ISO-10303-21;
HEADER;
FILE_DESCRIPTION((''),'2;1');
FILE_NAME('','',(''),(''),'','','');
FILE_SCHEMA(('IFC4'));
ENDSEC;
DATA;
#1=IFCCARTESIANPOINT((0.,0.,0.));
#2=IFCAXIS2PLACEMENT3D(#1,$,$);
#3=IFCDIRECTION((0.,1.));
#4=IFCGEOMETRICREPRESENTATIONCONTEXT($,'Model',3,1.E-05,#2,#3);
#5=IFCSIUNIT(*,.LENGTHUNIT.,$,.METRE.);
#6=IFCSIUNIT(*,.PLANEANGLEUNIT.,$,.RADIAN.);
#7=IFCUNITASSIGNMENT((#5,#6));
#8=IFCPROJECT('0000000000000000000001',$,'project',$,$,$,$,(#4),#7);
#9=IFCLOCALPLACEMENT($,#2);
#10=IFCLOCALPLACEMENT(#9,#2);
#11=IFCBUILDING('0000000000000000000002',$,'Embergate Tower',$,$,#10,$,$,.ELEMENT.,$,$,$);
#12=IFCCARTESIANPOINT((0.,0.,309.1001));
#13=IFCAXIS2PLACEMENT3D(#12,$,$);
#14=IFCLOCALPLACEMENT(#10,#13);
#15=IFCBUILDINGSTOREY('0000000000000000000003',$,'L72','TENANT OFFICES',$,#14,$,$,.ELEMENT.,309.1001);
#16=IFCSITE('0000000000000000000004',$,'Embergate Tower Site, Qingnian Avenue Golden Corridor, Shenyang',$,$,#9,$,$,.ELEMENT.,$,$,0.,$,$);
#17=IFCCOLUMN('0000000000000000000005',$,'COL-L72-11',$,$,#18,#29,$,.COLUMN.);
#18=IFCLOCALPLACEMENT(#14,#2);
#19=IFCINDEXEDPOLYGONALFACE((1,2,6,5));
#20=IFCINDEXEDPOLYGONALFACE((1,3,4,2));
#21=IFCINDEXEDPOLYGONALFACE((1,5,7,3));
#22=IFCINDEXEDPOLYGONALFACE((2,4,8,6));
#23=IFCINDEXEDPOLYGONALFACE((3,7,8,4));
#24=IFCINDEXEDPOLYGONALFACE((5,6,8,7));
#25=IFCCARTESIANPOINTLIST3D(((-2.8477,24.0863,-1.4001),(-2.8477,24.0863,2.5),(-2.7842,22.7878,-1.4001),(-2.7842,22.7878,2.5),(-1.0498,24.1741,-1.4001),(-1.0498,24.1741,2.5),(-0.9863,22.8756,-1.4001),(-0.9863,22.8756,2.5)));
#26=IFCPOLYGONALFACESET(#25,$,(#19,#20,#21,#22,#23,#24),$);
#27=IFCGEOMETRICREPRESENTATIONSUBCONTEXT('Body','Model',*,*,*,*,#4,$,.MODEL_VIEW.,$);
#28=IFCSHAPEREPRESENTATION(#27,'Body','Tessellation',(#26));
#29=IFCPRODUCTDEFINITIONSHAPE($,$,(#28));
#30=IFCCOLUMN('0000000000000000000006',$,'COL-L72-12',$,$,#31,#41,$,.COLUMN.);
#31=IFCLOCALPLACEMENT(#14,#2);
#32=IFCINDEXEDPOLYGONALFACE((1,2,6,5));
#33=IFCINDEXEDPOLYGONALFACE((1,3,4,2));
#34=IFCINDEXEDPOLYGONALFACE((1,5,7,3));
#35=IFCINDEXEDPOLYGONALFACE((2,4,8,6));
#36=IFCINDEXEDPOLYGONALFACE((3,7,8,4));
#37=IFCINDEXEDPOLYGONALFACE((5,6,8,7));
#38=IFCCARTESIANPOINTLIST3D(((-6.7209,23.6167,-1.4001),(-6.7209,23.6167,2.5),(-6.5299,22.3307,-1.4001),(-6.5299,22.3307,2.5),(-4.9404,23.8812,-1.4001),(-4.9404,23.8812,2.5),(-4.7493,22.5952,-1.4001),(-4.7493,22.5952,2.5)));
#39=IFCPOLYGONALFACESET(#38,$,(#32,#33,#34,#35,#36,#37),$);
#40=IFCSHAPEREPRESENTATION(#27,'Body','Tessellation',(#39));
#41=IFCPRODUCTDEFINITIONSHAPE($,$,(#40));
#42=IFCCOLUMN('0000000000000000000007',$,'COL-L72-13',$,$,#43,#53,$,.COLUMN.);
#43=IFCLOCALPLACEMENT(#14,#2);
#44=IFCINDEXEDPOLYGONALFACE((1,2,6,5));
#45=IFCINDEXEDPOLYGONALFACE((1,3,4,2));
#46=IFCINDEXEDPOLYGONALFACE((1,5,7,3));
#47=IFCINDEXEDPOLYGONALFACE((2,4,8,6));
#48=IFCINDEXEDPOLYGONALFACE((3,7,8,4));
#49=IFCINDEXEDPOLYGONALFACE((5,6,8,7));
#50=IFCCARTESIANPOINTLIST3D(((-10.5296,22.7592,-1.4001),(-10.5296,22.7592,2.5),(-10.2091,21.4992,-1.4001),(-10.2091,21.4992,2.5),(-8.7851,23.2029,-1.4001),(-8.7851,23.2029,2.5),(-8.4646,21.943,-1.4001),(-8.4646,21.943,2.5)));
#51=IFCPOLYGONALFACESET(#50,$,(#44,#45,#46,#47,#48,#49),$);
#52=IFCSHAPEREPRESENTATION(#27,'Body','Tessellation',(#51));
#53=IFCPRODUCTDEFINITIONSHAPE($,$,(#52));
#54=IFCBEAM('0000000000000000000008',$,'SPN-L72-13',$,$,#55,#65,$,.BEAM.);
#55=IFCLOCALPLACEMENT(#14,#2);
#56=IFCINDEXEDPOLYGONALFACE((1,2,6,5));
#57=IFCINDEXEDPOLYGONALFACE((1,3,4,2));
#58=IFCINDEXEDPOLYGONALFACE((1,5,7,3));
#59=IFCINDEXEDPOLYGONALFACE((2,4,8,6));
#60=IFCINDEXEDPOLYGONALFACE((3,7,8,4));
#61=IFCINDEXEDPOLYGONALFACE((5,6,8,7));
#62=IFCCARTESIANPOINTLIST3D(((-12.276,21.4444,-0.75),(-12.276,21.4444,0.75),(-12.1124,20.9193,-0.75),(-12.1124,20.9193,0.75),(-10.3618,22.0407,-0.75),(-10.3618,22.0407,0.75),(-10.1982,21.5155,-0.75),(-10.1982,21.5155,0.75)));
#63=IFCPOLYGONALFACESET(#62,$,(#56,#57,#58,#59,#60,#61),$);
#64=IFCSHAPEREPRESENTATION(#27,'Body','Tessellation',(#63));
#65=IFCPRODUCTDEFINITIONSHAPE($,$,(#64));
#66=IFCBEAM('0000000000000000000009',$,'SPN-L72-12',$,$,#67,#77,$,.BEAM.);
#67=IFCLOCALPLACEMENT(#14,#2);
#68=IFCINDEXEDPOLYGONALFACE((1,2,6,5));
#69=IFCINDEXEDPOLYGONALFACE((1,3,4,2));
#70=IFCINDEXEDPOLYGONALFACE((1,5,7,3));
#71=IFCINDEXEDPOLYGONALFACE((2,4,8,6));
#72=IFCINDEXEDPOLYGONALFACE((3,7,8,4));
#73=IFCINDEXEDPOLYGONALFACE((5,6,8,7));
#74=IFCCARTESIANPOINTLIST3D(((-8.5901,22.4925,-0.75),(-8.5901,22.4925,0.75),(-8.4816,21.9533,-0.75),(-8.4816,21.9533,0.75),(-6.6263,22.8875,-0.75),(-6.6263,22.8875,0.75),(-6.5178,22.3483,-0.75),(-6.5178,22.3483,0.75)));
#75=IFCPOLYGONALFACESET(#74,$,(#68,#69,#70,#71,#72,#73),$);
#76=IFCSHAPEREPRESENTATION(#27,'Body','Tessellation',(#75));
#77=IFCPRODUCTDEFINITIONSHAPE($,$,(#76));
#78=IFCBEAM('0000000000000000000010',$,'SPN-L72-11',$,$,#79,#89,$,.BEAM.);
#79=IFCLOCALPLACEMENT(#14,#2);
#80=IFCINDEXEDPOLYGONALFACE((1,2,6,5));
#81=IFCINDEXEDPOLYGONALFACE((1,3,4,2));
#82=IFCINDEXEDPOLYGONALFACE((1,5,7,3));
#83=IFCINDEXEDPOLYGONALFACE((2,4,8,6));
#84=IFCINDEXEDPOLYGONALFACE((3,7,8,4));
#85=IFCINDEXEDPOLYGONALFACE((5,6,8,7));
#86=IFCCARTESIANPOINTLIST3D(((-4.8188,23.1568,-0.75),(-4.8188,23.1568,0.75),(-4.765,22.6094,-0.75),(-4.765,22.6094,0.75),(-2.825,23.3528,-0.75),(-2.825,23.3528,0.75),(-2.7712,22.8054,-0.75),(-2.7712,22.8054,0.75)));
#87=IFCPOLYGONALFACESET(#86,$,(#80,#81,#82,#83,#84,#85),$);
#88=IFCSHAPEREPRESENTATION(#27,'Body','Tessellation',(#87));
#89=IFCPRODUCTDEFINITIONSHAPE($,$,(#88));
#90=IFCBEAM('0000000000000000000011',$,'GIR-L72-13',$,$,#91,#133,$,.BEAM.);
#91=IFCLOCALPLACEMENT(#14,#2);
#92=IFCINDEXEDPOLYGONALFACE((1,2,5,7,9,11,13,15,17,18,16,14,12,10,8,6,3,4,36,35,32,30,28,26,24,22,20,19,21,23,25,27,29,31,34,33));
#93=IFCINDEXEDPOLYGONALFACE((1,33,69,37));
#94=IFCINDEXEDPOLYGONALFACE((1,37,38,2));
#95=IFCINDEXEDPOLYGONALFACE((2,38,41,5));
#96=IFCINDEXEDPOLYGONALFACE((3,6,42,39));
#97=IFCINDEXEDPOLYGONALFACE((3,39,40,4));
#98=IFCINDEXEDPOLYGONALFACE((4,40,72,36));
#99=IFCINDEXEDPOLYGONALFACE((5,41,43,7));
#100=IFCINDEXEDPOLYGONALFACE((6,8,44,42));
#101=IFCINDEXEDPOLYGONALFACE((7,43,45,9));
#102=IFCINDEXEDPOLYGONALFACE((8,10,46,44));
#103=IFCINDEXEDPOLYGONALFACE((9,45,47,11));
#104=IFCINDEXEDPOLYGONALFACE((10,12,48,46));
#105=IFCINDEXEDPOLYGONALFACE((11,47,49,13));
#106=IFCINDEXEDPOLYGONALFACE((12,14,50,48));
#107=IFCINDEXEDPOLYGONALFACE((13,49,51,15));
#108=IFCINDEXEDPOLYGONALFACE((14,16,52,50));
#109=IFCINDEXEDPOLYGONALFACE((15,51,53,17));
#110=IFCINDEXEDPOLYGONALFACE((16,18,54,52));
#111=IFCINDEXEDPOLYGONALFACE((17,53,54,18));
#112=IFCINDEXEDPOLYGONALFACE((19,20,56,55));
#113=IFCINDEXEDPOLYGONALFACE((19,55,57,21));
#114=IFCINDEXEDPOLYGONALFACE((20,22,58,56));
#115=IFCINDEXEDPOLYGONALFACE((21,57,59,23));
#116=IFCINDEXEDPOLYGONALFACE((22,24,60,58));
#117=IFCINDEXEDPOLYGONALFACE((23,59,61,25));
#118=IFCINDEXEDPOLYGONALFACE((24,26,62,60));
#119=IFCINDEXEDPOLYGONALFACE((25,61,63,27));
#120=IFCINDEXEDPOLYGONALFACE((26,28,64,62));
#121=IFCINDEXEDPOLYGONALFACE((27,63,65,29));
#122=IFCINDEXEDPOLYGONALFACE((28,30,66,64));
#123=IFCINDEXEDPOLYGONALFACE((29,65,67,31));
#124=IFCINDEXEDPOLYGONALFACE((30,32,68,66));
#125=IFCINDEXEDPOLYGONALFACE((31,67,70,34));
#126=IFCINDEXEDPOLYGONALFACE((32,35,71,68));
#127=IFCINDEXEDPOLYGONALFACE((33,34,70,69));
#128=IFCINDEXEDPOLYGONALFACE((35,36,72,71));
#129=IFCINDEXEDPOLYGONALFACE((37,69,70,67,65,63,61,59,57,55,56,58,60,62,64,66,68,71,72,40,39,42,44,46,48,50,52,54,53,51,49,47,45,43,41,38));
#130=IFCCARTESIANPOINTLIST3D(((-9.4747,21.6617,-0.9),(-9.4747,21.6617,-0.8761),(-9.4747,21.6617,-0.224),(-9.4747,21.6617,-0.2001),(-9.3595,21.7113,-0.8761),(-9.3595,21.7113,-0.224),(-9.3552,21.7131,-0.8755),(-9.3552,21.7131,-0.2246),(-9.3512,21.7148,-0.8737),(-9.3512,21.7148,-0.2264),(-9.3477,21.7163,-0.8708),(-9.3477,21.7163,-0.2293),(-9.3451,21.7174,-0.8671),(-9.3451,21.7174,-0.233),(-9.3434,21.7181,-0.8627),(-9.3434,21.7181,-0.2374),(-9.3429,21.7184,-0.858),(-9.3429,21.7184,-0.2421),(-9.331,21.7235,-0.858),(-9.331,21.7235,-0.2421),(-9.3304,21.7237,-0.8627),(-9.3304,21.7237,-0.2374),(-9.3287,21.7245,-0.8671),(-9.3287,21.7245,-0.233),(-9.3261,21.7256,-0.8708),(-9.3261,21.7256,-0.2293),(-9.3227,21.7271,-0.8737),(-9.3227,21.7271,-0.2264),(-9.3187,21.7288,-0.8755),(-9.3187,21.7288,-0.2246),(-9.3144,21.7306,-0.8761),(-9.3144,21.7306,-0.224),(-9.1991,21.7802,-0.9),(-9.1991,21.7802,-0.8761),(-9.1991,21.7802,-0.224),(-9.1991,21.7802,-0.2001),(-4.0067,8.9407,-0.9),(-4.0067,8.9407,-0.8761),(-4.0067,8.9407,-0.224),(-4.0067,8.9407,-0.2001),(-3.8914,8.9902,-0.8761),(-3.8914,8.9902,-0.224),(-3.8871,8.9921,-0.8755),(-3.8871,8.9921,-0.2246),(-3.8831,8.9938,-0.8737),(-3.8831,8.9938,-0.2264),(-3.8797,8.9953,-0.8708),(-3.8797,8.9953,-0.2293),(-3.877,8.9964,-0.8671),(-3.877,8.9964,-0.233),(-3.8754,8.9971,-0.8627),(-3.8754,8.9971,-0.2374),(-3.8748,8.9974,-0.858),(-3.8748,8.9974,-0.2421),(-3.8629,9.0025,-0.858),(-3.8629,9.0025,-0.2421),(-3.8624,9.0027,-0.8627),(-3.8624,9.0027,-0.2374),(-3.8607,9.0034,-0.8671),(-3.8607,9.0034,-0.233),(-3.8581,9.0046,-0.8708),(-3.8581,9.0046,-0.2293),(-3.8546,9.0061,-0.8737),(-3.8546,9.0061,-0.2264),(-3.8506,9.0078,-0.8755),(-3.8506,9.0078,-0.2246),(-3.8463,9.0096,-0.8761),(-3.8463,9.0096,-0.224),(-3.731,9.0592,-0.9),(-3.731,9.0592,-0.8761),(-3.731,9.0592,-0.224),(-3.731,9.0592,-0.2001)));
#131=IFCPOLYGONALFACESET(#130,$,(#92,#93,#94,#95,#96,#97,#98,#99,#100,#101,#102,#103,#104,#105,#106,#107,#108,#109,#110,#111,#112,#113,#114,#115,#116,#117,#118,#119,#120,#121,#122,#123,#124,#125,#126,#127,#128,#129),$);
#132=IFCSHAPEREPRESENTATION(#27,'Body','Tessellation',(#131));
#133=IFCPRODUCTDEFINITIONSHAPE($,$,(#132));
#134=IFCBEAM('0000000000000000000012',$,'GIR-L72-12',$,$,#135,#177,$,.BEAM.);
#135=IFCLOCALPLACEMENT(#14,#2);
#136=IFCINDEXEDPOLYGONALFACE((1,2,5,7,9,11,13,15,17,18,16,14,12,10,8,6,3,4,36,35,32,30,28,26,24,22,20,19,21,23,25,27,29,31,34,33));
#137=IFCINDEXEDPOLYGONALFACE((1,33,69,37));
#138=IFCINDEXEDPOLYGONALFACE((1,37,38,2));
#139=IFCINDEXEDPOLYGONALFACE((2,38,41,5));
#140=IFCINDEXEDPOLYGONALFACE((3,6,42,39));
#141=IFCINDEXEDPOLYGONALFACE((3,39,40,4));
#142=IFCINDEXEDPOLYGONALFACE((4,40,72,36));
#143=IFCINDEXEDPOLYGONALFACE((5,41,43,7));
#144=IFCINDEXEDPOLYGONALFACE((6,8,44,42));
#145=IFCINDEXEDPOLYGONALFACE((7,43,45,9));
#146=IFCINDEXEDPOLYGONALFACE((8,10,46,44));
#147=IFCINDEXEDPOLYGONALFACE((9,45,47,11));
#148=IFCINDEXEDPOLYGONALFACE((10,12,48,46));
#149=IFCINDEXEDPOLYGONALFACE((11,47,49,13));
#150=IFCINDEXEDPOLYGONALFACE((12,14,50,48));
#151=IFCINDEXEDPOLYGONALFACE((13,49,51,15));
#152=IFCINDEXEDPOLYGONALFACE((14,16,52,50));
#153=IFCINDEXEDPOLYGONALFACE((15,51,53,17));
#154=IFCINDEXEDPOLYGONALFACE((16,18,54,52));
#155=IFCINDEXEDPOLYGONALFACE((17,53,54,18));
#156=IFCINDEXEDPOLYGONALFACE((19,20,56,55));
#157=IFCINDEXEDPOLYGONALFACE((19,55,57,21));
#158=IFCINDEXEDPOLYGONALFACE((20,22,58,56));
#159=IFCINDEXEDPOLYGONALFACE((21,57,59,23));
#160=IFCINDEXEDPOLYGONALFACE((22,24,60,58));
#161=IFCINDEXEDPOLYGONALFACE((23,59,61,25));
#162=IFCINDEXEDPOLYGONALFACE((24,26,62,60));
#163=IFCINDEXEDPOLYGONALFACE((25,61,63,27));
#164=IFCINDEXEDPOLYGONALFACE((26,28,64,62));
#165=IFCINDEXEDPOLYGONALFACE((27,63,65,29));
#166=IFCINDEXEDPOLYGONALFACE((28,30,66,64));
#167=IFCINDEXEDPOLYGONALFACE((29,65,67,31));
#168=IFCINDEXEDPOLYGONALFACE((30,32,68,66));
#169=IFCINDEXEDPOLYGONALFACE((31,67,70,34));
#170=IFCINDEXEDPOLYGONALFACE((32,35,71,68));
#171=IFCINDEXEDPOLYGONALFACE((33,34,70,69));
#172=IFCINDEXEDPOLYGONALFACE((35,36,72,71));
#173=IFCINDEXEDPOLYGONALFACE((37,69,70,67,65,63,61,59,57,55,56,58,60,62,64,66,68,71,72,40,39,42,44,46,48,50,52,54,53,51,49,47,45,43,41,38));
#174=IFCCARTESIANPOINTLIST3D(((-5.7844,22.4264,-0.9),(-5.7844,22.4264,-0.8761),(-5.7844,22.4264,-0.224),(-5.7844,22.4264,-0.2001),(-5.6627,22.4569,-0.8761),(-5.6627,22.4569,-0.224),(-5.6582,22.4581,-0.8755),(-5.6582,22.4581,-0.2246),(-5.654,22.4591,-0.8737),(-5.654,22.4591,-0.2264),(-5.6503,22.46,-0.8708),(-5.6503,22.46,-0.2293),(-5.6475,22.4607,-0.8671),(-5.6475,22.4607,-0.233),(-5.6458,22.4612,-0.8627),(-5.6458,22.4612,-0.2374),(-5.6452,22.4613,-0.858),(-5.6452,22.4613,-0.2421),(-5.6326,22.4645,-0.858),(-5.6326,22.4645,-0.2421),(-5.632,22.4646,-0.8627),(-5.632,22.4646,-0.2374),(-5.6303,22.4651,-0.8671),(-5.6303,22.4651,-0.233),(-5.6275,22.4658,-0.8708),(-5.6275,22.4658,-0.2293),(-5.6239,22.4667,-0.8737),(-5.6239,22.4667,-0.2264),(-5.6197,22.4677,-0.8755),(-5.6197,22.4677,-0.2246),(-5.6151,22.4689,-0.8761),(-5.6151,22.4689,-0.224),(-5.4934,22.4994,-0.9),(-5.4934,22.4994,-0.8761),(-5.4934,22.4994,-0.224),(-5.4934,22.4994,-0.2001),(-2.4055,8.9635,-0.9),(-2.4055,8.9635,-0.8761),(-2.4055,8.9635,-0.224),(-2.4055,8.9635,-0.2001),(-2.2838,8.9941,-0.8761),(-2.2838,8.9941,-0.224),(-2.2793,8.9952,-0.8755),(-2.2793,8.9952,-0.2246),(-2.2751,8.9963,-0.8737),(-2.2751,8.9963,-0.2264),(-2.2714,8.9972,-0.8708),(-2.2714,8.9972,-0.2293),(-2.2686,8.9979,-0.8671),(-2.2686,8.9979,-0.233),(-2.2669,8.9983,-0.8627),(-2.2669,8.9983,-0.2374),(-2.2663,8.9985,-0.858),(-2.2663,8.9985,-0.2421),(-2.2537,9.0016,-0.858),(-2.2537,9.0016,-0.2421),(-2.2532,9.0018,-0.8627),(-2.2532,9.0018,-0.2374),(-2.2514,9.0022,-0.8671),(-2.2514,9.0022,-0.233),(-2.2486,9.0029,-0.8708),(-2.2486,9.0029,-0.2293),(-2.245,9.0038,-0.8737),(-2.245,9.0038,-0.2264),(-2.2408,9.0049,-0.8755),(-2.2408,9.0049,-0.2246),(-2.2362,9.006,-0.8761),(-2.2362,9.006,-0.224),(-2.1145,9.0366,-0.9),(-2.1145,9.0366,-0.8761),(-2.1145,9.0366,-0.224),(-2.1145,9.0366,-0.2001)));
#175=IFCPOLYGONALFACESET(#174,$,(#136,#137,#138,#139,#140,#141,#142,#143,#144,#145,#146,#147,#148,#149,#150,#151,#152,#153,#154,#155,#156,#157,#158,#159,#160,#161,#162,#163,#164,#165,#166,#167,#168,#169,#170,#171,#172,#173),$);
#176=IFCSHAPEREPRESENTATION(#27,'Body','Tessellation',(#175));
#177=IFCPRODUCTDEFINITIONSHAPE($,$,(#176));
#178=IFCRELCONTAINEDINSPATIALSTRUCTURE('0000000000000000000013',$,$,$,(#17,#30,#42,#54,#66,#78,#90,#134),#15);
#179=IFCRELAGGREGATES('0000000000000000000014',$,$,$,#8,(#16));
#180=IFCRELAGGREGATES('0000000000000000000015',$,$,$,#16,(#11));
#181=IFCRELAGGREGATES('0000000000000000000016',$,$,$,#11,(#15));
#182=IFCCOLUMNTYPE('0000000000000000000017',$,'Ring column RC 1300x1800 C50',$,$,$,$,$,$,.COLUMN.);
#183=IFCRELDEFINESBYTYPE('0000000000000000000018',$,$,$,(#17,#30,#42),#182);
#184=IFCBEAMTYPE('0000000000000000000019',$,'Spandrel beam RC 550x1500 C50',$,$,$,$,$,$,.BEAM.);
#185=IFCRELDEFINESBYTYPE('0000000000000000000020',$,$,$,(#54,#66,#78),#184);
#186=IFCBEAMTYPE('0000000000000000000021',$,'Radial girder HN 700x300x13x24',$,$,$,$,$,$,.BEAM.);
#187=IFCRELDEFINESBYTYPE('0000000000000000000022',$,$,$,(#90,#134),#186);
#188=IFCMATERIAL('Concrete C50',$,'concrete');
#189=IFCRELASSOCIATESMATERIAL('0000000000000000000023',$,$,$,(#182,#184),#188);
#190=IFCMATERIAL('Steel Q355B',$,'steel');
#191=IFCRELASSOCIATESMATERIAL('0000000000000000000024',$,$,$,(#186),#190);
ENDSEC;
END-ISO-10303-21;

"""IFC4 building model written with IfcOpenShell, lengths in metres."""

from ifc_helpers import new_model, si_unit, direction, frame, origin, origin_2d, place, context, subcontext, project, spatial, rectangle, i_section, extrude, source, transform, mapped, material, material_profile, profile_set, type_object, element, save


model = new_model("IFC4")

# Units and contexts
model_context = context("Model", 3, precision=1e-05, world=origin(), true_north=direction((0.0, 1.0)))
body_context = subcontext(model_context, "Body", "Model", "MODEL_VIEW")
ifc_project = project(units=[si_unit("LENGTHUNIT", "METRE"), si_unit("PLANEANGLEUNIT", "RADIAN")], contexts=[model_context])

# Site, building, storey
site_placement = place(None, origin())
site = spatial("IfcSite", under=ifc_project, at=site_placement, Name="Embergate Tower Site, Qingnian Avenue Golden Corridor, Shenyang", CompositionType="ELEMENT", RefElevation=0.0)
building_placement = place(site_placement, origin())
building = spatial("IfcBuilding", under=site, at=building_placement, Name="Embergate Tower", CompositionType="ELEMENT")
storey_placement = place(building_placement, frame((0.0, 0.0, 309.1001)))
storey = spatial("IfcBuildingStorey", under=building, at=storey_placement, Name="L72", Description="TENANT OFFICES", CompositionType="ELEMENT", Elevation=309.1001)

# Columns
ifc_material_1 = material(Name="Concrete C50", Category="concrete")
ifc_material_profile_1 = material_profile(ifc_material_1, rectangle(XDim=1.3, YDim=1.8, at=origin_2d()), Name="RC 1300x1800")
ifc_profile_set_1 = profile_set([ifc_material_profile_1], Name="Concrete C50")
column_type = type_object("IfcColumnType", Name="Ring column RC 1300x1800 C50", PredefinedType="COLUMN", material=ifc_profile_set_1)
shared_shape_1 = source(origin(), body_context, "Body", "SweptSolid", [
    extrude(rectangle(XDim=1.3, YDim=1.8, at=origin_2d()), origin(), (0.0, 0.0, 1.0), 3.9001),
])
for number, where, z_axis, x_axis, name in (
    (1, (-1.917, 23.481, -1.4001), (0.0, 0.0, 1.0), (-0.048815, 0.998808, 0.0), "COL-L72-11"),
    (2, (-5.7351, 23.106, -1.4001), (0.0, 0.0, 1.0), (-0.146929, 0.989147, 0.0), "COL-L72-12"),
    (3, (-9.4971, 22.3511, -1.4001), (0.0, 0.0, 1.0), (-0.246509, 0.969141, 0.0), "COL-L72-13"),
):
    element("IfcColumn", number, at=place(storey_placement, frame(where, z_axis=z_axis, x_axis=x_axis)), inside=storey, type_object=column_type, Name=name, PredefinedType="COLUMN", context=body_context, shape_type="MappedRepresentation", body=[
        mapped(shared_shape_1, transform((0.0, 0.0, 0.0))),
    ])

# Beams
ifc_material_profile_2 = material_profile(ifc_material_1, rectangle(XDim=0.55, YDim=1.5, at=origin_2d()), Name="RC 550x1500")
ifc_profile_set_2 = profile_set([ifc_material_profile_2], Name="Concrete C50")
beam_type_1 = type_object("IfcBeamType", Name="Spandrel beam RC 550x1500 C50", PredefinedType="BEAM", material=ifc_profile_set_2)
shared_shape_2 = source(origin(), body_context, "Body", "SweptSolid", [
    extrude(rectangle(XDim=0.55, YDim=1.5, at=origin_2d()), origin(), (0.0, 0.0, 1.0), 2.0049),
])
beam_1_placement = place(storey_placement, frame((-10.28, 21.7781, 0.0), z_axis=(-0.954757, -0.297387, 0.0), x_axis=(0.297387, -0.954757, 0.0)))
element("IfcBeam", 4, at=beam_1_placement, inside=storey, type_object=beam_type_1, Name="SPN-L72-13", PredefinedType="BEAM", context=body_context, shape_type="MappedRepresentation", body=[
    mapped(shared_shape_2, transform((0.0, 0.0, 0.0))),
])
shared_shape_3 = source(origin(), body_context, "Body", "SweptSolid", [
    extrude(rectangle(XDim=0.55, YDim=1.5, at=origin_2d()), origin(), (0.0, 0.0, 1.0), 2.0032),
])
beam_2_placement = place(storey_placement, frame((-6.572, 22.6179, 0.0), z_axis=(-0.980364, -0.197194, 0.0), x_axis=(0.197194, -0.980364, 0.0)))
element("IfcBeam", 5, at=beam_2_placement, inside=storey, type_object=beam_type_1, Name="SPN-L72-12", PredefinedType="BEAM", context=body_context, shape_type="MappedRepresentation", body=[
    mapped(shared_shape_3, transform((0.0, 0.0, 0.0))),
])
shared_shape_4 = source(origin(), body_context, "Body", "SweptSolid", [
    extrude(rectangle(XDim=0.55, YDim=1.5, at=origin_2d()), origin(), (0.0, 0.0, 1.0), 2.0034),
])
beam_3_placement = place(storey_placement, frame((-2.7981, 23.0791, 0.0), z_axis=(-0.995201, -0.097851, 0.0), x_axis=(0.097851, -0.995201, 0.0)))
element("IfcBeam", 6, at=beam_3_placement, inside=storey, type_object=beam_type_1, Name="SPN-L72-11", PredefinedType="BEAM", context=body_context, shape_type="MappedRepresentation", body=[
    mapped(shared_shape_4, transform((0.0, 0.0, 0.0))),
])
ifc_material_2 = material(Name="Steel Q355B", Category="steel")
ifc_material_profile_3 = material_profile(ifc_material_2, i_section(OverallWidth=0.3, OverallDepth=0.7, WebThickness=0.0129, FlangeThickness=0.0239, FilletRadius=0.0181, at=origin_2d()), Name="HN 700x300x13x24")
ifc_profile_set_3 = profile_set([ifc_material_profile_3], Name="Steel Q355 grade B")
beam_type_2 = type_object("IfcBeamType", Name="Radial girder HN 700x300x13x24", PredefinedType="BEAM", material=ifc_profile_set_3)
shared_shape_5 = source(origin(), body_context, "Body", "SweptSolid", [
    extrude(i_section(OverallWidth=0.3, OverallDepth=0.7, WebThickness=0.0129, FlangeThickness=0.0239, FilletRadius=0.0181, at=origin_2d()), origin(), (0.0, 0.0, 1.0), 13.8464),
])
beam_4_placement = place(storey_placement, frame((-9.3369, 21.7209, -0.55), z_axis=(0.394906, -0.918721, 0.0), x_axis=(0.918721, 0.394906, 0.0)))
element("IfcBeam", 7, at=beam_4_placement, inside=storey, type_object=beam_type_2, Name="GIR-L72-13", PredefinedType="BEAM", context=body_context, shape_type="MappedRepresentation", body=[
    mapped(shared_shape_5, transform((0.0, 0.0, 0.0))),
])
shared_shape_6 = source(origin(), body_context, "Body", "SweptSolid", [
    extrude(i_section(OverallWidth=0.3, OverallDepth=0.7, WebThickness=0.0129, FlangeThickness=0.0239, FilletRadius=0.0181, at=origin_2d()), origin(), (0.0, 0.0, 1.0), 13.8804),
])
beam_5_placement = place(storey_placement, frame((-5.6389, 22.4629, -0.55), z_axis=(0.243429, -0.969919, 0.0), x_axis=(0.969919, 0.243429, 0.0)))
element("IfcBeam", 8, at=beam_5_placement, inside=storey, type_object=beam_type_2, Name="GIR-L72-12", PredefinedType="BEAM", context=body_context, shape_type="MappedRepresentation", body=[
    mapped(shared_shape_6, transform((0.0, 0.0, 0.0))),
])

save(model, "model.ifc")
